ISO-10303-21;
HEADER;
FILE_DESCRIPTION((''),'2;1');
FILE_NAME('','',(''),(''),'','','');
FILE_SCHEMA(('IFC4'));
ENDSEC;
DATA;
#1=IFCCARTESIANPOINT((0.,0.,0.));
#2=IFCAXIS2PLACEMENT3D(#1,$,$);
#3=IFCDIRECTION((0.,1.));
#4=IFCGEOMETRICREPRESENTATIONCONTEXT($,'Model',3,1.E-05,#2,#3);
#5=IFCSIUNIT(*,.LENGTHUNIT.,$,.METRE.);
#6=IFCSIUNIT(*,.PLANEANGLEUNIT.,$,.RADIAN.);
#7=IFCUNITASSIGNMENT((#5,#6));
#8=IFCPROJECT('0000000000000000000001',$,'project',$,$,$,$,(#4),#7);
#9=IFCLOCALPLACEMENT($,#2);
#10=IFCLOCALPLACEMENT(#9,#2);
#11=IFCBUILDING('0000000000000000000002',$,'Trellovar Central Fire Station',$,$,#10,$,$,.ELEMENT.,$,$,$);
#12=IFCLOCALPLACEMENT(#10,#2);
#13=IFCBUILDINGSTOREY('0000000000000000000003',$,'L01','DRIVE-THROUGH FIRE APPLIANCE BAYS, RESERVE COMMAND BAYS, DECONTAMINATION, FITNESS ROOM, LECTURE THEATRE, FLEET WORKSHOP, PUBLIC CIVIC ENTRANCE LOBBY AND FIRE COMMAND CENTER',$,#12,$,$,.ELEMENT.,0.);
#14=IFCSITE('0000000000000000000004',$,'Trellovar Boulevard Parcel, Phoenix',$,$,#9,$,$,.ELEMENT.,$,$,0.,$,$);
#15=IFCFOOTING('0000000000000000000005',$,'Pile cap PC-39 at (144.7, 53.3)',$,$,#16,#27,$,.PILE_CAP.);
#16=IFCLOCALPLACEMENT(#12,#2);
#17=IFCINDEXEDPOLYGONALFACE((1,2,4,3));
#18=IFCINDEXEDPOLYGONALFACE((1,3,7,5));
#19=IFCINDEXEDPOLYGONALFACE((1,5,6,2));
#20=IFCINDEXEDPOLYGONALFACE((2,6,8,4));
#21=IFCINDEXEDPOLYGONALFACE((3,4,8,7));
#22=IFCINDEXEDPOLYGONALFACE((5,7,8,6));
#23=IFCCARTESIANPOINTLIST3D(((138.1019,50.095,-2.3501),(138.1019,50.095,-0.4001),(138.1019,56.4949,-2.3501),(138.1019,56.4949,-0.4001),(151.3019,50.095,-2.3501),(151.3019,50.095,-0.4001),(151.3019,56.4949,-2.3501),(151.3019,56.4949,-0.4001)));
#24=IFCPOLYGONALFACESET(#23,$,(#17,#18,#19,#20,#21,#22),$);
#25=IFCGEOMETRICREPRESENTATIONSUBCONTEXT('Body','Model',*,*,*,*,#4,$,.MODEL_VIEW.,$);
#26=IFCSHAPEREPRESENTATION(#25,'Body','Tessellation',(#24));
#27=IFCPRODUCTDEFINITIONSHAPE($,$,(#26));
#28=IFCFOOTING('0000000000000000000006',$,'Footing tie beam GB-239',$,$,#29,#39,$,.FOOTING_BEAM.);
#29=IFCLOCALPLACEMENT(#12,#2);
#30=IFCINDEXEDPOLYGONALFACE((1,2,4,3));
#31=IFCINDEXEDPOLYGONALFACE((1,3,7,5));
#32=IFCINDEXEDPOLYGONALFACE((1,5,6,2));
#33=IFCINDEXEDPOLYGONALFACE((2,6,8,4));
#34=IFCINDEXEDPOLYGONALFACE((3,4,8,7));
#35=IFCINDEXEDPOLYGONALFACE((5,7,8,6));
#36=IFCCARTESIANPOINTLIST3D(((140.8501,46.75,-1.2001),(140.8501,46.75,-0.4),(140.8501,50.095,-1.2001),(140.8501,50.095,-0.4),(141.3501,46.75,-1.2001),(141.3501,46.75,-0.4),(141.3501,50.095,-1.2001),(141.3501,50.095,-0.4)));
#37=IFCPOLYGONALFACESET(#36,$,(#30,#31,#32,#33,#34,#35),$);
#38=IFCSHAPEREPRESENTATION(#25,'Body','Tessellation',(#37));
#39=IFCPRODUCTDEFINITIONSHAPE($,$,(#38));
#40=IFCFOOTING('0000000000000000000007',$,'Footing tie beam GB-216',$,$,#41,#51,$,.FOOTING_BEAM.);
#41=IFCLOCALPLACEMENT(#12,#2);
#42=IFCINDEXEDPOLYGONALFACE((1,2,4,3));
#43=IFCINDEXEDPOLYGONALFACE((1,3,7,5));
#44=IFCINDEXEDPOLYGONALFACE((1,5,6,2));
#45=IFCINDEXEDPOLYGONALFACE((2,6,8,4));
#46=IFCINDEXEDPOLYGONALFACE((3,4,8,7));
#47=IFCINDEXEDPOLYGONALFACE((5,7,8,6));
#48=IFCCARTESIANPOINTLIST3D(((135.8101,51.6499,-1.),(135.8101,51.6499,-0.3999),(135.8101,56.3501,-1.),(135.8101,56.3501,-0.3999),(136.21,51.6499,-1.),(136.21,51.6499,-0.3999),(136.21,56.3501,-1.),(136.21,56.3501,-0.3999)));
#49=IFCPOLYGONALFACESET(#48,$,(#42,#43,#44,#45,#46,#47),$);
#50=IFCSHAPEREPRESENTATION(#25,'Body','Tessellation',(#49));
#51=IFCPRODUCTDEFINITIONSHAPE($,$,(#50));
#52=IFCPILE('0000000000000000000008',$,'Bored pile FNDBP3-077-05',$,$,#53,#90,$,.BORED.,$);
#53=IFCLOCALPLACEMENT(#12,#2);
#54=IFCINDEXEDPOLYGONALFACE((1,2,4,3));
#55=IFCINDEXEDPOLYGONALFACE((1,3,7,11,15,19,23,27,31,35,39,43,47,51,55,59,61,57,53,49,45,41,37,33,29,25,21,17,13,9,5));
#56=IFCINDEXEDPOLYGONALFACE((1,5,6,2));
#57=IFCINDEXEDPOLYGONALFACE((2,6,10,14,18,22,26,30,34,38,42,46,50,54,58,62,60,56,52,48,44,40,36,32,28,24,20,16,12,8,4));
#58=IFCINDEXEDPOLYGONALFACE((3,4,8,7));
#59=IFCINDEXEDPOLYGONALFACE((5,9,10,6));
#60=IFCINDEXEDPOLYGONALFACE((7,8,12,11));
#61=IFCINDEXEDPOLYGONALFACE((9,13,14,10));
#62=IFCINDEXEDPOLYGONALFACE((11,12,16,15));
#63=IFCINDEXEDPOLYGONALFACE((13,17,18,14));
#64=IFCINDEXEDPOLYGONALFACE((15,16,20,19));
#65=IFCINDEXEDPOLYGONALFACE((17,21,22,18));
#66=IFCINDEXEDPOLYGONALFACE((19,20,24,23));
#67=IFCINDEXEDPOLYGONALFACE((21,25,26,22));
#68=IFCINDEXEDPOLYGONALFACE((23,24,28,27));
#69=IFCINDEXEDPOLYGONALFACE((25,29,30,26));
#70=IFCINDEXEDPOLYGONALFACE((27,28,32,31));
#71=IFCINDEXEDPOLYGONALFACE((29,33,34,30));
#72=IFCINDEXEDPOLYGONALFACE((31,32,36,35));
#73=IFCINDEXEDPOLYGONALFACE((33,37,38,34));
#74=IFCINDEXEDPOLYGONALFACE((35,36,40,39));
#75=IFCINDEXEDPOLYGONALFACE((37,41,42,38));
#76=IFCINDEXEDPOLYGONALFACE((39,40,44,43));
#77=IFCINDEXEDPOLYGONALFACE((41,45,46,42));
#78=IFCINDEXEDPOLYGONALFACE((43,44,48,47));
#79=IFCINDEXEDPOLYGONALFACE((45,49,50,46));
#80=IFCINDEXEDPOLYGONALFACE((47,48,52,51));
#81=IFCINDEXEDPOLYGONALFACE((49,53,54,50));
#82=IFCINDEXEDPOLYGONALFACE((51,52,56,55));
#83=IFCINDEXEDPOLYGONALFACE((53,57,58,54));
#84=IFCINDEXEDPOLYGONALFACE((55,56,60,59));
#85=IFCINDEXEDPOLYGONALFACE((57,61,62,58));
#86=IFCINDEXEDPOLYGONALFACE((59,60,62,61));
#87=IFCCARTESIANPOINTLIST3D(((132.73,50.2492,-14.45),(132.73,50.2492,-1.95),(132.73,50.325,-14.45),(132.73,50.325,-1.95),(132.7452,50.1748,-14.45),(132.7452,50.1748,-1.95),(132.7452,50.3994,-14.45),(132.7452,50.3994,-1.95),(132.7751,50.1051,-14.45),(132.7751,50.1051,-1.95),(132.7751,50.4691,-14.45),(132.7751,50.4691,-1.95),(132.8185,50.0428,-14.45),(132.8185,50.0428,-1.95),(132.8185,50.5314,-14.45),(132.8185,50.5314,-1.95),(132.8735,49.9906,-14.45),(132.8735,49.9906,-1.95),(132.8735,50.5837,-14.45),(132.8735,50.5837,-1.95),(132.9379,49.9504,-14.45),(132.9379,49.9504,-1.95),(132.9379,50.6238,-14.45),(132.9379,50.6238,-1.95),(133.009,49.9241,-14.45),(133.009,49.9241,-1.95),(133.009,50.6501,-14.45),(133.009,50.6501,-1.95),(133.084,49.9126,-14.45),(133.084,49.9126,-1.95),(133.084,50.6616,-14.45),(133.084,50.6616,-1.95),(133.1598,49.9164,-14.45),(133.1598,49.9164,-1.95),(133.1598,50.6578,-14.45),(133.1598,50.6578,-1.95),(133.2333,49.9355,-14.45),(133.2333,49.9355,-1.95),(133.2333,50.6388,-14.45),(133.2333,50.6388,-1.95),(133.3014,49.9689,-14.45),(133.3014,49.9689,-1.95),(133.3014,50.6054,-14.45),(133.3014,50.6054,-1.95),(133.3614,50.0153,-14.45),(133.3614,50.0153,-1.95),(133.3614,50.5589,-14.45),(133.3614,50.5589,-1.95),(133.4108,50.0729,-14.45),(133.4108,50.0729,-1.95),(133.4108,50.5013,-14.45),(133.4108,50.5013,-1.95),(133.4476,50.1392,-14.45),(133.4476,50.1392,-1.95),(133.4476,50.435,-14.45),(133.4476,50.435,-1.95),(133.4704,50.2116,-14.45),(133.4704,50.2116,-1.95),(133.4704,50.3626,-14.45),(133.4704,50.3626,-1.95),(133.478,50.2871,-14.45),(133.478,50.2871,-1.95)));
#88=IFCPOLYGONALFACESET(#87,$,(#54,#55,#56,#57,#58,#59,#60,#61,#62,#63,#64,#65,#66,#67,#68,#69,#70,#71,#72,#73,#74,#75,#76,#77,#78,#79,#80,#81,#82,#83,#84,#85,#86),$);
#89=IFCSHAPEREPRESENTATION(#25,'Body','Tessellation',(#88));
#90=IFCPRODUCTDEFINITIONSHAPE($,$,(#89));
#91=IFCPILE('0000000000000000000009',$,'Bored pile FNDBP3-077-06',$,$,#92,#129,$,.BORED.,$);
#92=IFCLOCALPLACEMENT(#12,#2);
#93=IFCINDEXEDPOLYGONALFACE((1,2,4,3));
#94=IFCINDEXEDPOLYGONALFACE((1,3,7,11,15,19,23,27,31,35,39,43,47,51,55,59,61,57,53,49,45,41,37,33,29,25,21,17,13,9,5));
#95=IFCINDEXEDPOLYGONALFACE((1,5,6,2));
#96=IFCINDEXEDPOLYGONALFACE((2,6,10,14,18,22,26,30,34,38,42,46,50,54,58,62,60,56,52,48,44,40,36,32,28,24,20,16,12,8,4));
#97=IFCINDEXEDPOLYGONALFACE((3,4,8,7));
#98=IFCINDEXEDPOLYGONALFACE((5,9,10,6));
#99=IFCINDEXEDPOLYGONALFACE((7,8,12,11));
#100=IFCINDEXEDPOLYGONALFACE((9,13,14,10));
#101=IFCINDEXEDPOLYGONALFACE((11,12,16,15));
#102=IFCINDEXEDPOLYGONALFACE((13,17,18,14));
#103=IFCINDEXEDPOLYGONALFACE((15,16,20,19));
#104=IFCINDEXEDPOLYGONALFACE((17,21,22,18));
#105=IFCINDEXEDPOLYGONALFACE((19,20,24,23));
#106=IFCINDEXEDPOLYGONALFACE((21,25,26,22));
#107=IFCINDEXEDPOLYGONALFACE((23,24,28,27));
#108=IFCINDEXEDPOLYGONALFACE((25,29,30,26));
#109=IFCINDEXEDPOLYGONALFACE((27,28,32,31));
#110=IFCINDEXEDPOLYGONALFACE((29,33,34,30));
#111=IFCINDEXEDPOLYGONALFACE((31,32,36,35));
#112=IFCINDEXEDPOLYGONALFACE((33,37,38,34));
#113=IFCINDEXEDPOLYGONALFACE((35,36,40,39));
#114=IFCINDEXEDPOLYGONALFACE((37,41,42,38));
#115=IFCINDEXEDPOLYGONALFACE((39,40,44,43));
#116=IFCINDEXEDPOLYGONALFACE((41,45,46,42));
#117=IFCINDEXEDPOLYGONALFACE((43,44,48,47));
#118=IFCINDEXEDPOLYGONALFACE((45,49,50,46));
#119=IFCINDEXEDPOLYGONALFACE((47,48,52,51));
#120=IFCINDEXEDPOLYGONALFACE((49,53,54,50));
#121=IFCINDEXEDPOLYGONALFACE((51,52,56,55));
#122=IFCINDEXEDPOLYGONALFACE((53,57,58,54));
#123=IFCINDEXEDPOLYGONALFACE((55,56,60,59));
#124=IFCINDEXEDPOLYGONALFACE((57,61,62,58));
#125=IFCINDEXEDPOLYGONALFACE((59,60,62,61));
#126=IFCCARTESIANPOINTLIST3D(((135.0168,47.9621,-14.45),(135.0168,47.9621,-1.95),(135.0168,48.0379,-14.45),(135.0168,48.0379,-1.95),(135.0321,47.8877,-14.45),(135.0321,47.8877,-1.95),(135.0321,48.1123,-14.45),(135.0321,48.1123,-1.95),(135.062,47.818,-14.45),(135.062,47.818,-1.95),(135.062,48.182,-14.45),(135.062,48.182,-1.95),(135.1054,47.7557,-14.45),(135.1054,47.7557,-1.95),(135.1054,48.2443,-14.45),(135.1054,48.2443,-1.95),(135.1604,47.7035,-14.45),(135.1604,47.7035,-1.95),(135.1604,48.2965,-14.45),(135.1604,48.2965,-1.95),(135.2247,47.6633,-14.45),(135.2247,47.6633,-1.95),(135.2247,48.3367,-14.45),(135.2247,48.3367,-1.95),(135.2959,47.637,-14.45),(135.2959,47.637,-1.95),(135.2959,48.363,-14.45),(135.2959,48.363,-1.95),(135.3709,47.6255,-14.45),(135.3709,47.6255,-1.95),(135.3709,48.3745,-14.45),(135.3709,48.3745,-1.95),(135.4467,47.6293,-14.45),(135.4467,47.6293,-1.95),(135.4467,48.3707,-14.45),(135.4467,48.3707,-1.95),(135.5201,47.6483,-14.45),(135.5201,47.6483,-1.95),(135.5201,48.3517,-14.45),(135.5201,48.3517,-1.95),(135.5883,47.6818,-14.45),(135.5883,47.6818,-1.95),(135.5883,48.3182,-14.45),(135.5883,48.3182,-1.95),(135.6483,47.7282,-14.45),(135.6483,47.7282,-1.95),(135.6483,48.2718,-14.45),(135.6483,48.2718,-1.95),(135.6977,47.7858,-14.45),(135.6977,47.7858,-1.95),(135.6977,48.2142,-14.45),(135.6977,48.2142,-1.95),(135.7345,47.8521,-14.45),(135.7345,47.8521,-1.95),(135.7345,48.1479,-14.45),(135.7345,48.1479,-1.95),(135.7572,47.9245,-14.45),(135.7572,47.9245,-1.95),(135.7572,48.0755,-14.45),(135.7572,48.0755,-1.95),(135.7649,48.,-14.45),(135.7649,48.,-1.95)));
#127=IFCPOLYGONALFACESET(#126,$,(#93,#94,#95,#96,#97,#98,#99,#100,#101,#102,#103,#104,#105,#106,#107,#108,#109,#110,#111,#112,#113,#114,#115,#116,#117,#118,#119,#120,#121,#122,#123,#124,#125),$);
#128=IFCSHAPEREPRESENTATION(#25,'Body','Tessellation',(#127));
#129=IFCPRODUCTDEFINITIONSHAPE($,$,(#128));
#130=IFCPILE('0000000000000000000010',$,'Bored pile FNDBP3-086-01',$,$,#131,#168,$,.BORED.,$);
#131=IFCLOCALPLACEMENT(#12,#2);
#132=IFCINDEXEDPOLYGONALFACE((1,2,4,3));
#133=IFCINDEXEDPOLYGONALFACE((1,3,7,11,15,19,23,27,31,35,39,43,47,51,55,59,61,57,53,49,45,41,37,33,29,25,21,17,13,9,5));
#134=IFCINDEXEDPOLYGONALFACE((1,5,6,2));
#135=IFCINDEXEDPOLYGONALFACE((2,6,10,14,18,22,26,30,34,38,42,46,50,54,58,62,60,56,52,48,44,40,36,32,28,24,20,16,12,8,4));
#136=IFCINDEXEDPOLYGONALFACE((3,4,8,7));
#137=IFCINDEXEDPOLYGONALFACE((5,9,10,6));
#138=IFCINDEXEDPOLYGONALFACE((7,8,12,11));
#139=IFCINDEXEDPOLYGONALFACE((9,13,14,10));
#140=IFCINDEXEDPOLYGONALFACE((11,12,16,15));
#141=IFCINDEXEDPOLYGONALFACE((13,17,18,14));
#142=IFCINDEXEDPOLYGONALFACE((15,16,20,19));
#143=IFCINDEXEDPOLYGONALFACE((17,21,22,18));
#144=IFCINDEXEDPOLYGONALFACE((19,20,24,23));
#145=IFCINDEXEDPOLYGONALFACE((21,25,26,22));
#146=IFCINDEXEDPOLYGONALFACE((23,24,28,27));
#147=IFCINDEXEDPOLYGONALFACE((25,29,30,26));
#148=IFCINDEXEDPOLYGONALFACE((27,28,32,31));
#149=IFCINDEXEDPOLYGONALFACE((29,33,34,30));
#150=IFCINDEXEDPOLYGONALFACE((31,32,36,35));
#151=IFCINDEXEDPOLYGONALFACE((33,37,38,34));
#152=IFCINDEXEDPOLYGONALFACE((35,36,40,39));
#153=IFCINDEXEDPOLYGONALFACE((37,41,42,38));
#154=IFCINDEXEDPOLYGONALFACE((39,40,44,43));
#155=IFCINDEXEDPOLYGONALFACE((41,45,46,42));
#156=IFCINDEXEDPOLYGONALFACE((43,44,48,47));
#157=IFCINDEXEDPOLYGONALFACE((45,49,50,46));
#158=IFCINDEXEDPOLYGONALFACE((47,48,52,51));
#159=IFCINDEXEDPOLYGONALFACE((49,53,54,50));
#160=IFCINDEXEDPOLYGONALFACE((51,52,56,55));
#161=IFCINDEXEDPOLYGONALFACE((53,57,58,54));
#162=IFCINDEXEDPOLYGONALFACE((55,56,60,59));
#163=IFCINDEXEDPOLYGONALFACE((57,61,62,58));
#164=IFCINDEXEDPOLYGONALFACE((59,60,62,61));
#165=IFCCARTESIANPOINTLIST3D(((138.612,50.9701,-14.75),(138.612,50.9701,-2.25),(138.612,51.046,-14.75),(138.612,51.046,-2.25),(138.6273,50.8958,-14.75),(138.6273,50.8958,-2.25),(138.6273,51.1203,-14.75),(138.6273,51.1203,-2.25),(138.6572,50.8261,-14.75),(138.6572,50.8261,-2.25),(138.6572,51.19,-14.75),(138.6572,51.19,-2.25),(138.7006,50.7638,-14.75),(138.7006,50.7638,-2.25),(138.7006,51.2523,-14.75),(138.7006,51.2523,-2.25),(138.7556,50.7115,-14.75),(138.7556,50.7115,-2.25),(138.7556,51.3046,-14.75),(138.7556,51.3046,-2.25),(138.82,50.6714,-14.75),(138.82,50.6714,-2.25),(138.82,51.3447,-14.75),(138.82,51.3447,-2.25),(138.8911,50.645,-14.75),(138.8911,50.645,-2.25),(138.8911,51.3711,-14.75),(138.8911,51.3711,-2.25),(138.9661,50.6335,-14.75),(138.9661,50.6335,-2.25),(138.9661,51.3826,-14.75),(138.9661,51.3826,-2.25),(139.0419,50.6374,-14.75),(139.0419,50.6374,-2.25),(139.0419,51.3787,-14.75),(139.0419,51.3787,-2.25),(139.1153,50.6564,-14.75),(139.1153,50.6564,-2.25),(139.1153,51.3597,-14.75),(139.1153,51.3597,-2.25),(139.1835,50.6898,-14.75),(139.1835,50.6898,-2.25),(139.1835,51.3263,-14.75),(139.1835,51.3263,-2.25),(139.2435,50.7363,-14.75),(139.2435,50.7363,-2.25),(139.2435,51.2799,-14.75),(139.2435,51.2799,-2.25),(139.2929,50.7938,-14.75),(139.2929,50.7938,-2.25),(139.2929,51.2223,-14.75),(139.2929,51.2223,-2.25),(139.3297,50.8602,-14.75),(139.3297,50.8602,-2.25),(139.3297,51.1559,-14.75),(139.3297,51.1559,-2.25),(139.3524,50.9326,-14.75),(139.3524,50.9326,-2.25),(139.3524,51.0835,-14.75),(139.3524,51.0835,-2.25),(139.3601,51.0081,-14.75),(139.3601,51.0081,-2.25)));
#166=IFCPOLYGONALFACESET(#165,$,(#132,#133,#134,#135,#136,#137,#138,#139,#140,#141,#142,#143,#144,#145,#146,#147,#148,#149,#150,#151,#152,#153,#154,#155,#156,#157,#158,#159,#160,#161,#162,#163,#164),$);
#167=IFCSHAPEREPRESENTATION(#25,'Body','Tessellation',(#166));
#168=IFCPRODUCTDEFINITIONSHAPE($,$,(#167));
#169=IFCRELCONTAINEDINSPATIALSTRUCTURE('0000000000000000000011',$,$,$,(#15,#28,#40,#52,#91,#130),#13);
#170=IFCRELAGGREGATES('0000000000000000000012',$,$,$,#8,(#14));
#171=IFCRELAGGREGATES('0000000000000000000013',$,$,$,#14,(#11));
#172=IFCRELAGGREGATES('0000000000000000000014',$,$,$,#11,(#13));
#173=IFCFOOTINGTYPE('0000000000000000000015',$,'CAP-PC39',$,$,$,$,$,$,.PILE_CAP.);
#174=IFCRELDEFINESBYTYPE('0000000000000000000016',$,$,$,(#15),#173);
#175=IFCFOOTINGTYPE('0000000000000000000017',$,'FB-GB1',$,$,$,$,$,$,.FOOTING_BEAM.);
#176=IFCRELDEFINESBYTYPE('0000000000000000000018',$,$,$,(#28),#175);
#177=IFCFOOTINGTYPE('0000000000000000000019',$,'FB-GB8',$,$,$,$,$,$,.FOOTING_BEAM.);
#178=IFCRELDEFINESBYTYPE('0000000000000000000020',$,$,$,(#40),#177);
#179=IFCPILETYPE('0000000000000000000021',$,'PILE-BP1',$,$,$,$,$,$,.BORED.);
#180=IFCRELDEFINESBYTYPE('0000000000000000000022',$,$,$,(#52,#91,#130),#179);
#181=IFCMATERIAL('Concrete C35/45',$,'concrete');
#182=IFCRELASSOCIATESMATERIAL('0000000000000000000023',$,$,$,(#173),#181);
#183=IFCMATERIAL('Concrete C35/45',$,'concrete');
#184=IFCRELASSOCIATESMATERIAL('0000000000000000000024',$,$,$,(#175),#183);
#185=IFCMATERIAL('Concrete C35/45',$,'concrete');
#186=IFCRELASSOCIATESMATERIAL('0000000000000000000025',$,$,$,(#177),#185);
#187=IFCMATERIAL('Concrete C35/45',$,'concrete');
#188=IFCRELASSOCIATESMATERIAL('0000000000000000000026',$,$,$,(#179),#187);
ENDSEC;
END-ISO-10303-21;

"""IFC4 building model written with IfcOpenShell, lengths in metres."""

from ifc_helpers import new_model, si_unit, direction, frame, origin, origin_2d, place, context, subcontext, project, spatial, rectangle, circle, extrude, material, material_profile, profile_set, type_object, element, save


model = new_model("IFC4")

# Units and contexts
model_context = context("Model", 3, precision=1e-05, world=origin(), true_north=direction((0.0, 1.0)))
body_context = subcontext(model_context, "Body", "Model", "MODEL_VIEW")
ifc_project = project(units=[si_unit("LENGTHUNIT", "METRE"), si_unit("PLANEANGLEUNIT", "RADIAN")], contexts=[model_context])

# Site, building, storey
site_placement = place(None, origin())
site = spatial("IfcSite", under=ifc_project, at=site_placement, Name="Trellovar Boulevard Parcel, Phoenix", CompositionType="ELEMENT", RefElevation=0.0)
building_placement = place(site_placement, origin())
building = spatial("IfcBuilding", under=site, at=building_placement, Name="Trellovar Central Fire Station", CompositionType="ELEMENT")
storey_placement = place(building_placement, origin())
storey = spatial("IfcBuildingStorey", under=building, at=storey_placement, Name="L01", Description="DRIVE-THROUGH FIRE APPLIANCE BAYS, RESERVE COMMAND BAYS, DECONTAMINATION, FITNESS ROOM, LECTURE THEATRE, FLEET WORKSHOP, PUBLIC CIVIC ENTRANCE LOBBY AND FIRE COMMAND CENTER", CompositionType="ELEMENT", Elevation=0.0)

# Footings
ifc_material_1 = material(Name="Concrete C35/45", Category="concrete")
footing_type_1 = type_object("IfcFootingType", Name="CAP-PC39", PredefinedType="PILE_CAP", material=ifc_material_1)
footing_1_placement = place(storey_placement, frame((144.7019, 53.2949, -2.3501), z_axis=(0.0, 0.0, 1.0), x_axis=(1.0, 0.0, 0.0)))
element("IfcFooting", 1, at=footing_1_placement, inside=storey, type_object=footing_type_1, Name="Pile cap PC-39 at (144.7, 53.3)", PredefinedType="PILE_CAP", context=body_context, shape_type="SweptSolid", body=[
    extrude(rectangle(XDim=13.2, YDim=6.3999, at=origin_2d()), origin(), (0.0, 0.0, 1.0), 1.95),
])
ifc_material_2 = material(Name="Concrete C35/45", Category="concrete")
ifc_material_profile_1 = material_profile(ifc_material_2, rectangle(XDim=0.5, YDim=0.8, at=origin_2d()), Name="RC500X800")
ifc_profile_set_1 = profile_set([ifc_material_profile_1], Name="Concrete C35/45")
footing_type_2 = type_object("IfcFootingType", Name="FB-GB1", PredefinedType="FOOTING_BEAM", material=ifc_profile_set_1)
footing_2_placement = place(storey_placement, frame((141.1001, 46.75, -0.8), z_axis=(0.0, 1.0, 0.0), x_axis=(-1.0, 0.0, 0.0)))
element("IfcFooting", 2, at=footing_2_placement, inside=storey, type_object=footing_type_2, Name="Footing tie beam GB-239", PredefinedType="FOOTING_BEAM", context=body_context, shape_type="SweptSolid", body=[
    extrude(rectangle(XDim=0.5, YDim=0.8, at=origin_2d()), origin(), (0.0, 0.0, 1.0), 3.345),
])
ifc_material_3 = material(Name="Concrete C35/45", Category="concrete")
ifc_material_profile_2 = material_profile(ifc_material_3, rectangle(XDim=0.3999, YDim=0.6001, at=origin_2d()), Name="RC400X600")
ifc_profile_set_2 = profile_set([ifc_material_profile_2], Name="Concrete C35/45")
footing_type_3 = type_object("IfcFootingType", Name="FB-GB8", PredefinedType="FOOTING_BEAM", material=ifc_profile_set_2)
footing_3_placement = place(storey_placement, frame((136.01, 51.6499, -0.7), z_axis=(0.0, 1.0, 0.0), x_axis=(-1.0, 0.0, 0.0)))
element("IfcFooting", 3, at=footing_3_placement, inside=storey, type_object=footing_type_3, Name="Footing tie beam GB-216", PredefinedType="FOOTING_BEAM", context=body_context, shape_type="SweptSolid", body=[
    extrude(rectangle(XDim=0.3999, YDim=0.6001, at=origin_2d()), origin(), (0.0, 0.0, 1.0), 4.7002),
])

# Piles
ifc_material_4 = material(Name="Concrete C35/45", Category="concrete")
ifc_material_profile_3 = material_profile(ifc_material_4, circle(Radius=0.375, at=origin_2d()), Name="PILE750")
ifc_profile_set_3 = profile_set([ifc_material_profile_3], Name="Concrete C35/45")
pile_type = type_object("IfcPileType", Name="PILE-BP1", PredefinedType="BORED", material=ifc_profile_set_3)
for number, where, z_axis, x_axis, name in (
    (4, (133.103, 50.2871, -1.95), (0.0, 0.0, -1.0), (1.0, 0.0, 0.0), "Bored pile FNDBP3-077-05"),
    (5, (135.3899, 48.0, -1.95), (0.0, 0.0, -1.0), (1.0, 0.0, 0.0), "Bored pile FNDBP3-077-06"),
    (6, (138.9851, 51.0081, -2.25), (0.0, 0.0, -1.0), (1.0, 0.0, 0.0), "Bored pile FNDBP3-086-01"),
):
    element("IfcPile", number, at=place(storey_placement, frame(where, z_axis=z_axis, x_axis=x_axis)), inside=storey, type_object=pile_type, Name=name, PredefinedType="BORED", context=body_context, shape_type="SweptSolid", body=[
        extrude(circle(Radius=0.375, at=origin_2d()), origin(), (0.0, 0.0, 1.0), 12.5),
    ])

save(model, "model.ifc")
